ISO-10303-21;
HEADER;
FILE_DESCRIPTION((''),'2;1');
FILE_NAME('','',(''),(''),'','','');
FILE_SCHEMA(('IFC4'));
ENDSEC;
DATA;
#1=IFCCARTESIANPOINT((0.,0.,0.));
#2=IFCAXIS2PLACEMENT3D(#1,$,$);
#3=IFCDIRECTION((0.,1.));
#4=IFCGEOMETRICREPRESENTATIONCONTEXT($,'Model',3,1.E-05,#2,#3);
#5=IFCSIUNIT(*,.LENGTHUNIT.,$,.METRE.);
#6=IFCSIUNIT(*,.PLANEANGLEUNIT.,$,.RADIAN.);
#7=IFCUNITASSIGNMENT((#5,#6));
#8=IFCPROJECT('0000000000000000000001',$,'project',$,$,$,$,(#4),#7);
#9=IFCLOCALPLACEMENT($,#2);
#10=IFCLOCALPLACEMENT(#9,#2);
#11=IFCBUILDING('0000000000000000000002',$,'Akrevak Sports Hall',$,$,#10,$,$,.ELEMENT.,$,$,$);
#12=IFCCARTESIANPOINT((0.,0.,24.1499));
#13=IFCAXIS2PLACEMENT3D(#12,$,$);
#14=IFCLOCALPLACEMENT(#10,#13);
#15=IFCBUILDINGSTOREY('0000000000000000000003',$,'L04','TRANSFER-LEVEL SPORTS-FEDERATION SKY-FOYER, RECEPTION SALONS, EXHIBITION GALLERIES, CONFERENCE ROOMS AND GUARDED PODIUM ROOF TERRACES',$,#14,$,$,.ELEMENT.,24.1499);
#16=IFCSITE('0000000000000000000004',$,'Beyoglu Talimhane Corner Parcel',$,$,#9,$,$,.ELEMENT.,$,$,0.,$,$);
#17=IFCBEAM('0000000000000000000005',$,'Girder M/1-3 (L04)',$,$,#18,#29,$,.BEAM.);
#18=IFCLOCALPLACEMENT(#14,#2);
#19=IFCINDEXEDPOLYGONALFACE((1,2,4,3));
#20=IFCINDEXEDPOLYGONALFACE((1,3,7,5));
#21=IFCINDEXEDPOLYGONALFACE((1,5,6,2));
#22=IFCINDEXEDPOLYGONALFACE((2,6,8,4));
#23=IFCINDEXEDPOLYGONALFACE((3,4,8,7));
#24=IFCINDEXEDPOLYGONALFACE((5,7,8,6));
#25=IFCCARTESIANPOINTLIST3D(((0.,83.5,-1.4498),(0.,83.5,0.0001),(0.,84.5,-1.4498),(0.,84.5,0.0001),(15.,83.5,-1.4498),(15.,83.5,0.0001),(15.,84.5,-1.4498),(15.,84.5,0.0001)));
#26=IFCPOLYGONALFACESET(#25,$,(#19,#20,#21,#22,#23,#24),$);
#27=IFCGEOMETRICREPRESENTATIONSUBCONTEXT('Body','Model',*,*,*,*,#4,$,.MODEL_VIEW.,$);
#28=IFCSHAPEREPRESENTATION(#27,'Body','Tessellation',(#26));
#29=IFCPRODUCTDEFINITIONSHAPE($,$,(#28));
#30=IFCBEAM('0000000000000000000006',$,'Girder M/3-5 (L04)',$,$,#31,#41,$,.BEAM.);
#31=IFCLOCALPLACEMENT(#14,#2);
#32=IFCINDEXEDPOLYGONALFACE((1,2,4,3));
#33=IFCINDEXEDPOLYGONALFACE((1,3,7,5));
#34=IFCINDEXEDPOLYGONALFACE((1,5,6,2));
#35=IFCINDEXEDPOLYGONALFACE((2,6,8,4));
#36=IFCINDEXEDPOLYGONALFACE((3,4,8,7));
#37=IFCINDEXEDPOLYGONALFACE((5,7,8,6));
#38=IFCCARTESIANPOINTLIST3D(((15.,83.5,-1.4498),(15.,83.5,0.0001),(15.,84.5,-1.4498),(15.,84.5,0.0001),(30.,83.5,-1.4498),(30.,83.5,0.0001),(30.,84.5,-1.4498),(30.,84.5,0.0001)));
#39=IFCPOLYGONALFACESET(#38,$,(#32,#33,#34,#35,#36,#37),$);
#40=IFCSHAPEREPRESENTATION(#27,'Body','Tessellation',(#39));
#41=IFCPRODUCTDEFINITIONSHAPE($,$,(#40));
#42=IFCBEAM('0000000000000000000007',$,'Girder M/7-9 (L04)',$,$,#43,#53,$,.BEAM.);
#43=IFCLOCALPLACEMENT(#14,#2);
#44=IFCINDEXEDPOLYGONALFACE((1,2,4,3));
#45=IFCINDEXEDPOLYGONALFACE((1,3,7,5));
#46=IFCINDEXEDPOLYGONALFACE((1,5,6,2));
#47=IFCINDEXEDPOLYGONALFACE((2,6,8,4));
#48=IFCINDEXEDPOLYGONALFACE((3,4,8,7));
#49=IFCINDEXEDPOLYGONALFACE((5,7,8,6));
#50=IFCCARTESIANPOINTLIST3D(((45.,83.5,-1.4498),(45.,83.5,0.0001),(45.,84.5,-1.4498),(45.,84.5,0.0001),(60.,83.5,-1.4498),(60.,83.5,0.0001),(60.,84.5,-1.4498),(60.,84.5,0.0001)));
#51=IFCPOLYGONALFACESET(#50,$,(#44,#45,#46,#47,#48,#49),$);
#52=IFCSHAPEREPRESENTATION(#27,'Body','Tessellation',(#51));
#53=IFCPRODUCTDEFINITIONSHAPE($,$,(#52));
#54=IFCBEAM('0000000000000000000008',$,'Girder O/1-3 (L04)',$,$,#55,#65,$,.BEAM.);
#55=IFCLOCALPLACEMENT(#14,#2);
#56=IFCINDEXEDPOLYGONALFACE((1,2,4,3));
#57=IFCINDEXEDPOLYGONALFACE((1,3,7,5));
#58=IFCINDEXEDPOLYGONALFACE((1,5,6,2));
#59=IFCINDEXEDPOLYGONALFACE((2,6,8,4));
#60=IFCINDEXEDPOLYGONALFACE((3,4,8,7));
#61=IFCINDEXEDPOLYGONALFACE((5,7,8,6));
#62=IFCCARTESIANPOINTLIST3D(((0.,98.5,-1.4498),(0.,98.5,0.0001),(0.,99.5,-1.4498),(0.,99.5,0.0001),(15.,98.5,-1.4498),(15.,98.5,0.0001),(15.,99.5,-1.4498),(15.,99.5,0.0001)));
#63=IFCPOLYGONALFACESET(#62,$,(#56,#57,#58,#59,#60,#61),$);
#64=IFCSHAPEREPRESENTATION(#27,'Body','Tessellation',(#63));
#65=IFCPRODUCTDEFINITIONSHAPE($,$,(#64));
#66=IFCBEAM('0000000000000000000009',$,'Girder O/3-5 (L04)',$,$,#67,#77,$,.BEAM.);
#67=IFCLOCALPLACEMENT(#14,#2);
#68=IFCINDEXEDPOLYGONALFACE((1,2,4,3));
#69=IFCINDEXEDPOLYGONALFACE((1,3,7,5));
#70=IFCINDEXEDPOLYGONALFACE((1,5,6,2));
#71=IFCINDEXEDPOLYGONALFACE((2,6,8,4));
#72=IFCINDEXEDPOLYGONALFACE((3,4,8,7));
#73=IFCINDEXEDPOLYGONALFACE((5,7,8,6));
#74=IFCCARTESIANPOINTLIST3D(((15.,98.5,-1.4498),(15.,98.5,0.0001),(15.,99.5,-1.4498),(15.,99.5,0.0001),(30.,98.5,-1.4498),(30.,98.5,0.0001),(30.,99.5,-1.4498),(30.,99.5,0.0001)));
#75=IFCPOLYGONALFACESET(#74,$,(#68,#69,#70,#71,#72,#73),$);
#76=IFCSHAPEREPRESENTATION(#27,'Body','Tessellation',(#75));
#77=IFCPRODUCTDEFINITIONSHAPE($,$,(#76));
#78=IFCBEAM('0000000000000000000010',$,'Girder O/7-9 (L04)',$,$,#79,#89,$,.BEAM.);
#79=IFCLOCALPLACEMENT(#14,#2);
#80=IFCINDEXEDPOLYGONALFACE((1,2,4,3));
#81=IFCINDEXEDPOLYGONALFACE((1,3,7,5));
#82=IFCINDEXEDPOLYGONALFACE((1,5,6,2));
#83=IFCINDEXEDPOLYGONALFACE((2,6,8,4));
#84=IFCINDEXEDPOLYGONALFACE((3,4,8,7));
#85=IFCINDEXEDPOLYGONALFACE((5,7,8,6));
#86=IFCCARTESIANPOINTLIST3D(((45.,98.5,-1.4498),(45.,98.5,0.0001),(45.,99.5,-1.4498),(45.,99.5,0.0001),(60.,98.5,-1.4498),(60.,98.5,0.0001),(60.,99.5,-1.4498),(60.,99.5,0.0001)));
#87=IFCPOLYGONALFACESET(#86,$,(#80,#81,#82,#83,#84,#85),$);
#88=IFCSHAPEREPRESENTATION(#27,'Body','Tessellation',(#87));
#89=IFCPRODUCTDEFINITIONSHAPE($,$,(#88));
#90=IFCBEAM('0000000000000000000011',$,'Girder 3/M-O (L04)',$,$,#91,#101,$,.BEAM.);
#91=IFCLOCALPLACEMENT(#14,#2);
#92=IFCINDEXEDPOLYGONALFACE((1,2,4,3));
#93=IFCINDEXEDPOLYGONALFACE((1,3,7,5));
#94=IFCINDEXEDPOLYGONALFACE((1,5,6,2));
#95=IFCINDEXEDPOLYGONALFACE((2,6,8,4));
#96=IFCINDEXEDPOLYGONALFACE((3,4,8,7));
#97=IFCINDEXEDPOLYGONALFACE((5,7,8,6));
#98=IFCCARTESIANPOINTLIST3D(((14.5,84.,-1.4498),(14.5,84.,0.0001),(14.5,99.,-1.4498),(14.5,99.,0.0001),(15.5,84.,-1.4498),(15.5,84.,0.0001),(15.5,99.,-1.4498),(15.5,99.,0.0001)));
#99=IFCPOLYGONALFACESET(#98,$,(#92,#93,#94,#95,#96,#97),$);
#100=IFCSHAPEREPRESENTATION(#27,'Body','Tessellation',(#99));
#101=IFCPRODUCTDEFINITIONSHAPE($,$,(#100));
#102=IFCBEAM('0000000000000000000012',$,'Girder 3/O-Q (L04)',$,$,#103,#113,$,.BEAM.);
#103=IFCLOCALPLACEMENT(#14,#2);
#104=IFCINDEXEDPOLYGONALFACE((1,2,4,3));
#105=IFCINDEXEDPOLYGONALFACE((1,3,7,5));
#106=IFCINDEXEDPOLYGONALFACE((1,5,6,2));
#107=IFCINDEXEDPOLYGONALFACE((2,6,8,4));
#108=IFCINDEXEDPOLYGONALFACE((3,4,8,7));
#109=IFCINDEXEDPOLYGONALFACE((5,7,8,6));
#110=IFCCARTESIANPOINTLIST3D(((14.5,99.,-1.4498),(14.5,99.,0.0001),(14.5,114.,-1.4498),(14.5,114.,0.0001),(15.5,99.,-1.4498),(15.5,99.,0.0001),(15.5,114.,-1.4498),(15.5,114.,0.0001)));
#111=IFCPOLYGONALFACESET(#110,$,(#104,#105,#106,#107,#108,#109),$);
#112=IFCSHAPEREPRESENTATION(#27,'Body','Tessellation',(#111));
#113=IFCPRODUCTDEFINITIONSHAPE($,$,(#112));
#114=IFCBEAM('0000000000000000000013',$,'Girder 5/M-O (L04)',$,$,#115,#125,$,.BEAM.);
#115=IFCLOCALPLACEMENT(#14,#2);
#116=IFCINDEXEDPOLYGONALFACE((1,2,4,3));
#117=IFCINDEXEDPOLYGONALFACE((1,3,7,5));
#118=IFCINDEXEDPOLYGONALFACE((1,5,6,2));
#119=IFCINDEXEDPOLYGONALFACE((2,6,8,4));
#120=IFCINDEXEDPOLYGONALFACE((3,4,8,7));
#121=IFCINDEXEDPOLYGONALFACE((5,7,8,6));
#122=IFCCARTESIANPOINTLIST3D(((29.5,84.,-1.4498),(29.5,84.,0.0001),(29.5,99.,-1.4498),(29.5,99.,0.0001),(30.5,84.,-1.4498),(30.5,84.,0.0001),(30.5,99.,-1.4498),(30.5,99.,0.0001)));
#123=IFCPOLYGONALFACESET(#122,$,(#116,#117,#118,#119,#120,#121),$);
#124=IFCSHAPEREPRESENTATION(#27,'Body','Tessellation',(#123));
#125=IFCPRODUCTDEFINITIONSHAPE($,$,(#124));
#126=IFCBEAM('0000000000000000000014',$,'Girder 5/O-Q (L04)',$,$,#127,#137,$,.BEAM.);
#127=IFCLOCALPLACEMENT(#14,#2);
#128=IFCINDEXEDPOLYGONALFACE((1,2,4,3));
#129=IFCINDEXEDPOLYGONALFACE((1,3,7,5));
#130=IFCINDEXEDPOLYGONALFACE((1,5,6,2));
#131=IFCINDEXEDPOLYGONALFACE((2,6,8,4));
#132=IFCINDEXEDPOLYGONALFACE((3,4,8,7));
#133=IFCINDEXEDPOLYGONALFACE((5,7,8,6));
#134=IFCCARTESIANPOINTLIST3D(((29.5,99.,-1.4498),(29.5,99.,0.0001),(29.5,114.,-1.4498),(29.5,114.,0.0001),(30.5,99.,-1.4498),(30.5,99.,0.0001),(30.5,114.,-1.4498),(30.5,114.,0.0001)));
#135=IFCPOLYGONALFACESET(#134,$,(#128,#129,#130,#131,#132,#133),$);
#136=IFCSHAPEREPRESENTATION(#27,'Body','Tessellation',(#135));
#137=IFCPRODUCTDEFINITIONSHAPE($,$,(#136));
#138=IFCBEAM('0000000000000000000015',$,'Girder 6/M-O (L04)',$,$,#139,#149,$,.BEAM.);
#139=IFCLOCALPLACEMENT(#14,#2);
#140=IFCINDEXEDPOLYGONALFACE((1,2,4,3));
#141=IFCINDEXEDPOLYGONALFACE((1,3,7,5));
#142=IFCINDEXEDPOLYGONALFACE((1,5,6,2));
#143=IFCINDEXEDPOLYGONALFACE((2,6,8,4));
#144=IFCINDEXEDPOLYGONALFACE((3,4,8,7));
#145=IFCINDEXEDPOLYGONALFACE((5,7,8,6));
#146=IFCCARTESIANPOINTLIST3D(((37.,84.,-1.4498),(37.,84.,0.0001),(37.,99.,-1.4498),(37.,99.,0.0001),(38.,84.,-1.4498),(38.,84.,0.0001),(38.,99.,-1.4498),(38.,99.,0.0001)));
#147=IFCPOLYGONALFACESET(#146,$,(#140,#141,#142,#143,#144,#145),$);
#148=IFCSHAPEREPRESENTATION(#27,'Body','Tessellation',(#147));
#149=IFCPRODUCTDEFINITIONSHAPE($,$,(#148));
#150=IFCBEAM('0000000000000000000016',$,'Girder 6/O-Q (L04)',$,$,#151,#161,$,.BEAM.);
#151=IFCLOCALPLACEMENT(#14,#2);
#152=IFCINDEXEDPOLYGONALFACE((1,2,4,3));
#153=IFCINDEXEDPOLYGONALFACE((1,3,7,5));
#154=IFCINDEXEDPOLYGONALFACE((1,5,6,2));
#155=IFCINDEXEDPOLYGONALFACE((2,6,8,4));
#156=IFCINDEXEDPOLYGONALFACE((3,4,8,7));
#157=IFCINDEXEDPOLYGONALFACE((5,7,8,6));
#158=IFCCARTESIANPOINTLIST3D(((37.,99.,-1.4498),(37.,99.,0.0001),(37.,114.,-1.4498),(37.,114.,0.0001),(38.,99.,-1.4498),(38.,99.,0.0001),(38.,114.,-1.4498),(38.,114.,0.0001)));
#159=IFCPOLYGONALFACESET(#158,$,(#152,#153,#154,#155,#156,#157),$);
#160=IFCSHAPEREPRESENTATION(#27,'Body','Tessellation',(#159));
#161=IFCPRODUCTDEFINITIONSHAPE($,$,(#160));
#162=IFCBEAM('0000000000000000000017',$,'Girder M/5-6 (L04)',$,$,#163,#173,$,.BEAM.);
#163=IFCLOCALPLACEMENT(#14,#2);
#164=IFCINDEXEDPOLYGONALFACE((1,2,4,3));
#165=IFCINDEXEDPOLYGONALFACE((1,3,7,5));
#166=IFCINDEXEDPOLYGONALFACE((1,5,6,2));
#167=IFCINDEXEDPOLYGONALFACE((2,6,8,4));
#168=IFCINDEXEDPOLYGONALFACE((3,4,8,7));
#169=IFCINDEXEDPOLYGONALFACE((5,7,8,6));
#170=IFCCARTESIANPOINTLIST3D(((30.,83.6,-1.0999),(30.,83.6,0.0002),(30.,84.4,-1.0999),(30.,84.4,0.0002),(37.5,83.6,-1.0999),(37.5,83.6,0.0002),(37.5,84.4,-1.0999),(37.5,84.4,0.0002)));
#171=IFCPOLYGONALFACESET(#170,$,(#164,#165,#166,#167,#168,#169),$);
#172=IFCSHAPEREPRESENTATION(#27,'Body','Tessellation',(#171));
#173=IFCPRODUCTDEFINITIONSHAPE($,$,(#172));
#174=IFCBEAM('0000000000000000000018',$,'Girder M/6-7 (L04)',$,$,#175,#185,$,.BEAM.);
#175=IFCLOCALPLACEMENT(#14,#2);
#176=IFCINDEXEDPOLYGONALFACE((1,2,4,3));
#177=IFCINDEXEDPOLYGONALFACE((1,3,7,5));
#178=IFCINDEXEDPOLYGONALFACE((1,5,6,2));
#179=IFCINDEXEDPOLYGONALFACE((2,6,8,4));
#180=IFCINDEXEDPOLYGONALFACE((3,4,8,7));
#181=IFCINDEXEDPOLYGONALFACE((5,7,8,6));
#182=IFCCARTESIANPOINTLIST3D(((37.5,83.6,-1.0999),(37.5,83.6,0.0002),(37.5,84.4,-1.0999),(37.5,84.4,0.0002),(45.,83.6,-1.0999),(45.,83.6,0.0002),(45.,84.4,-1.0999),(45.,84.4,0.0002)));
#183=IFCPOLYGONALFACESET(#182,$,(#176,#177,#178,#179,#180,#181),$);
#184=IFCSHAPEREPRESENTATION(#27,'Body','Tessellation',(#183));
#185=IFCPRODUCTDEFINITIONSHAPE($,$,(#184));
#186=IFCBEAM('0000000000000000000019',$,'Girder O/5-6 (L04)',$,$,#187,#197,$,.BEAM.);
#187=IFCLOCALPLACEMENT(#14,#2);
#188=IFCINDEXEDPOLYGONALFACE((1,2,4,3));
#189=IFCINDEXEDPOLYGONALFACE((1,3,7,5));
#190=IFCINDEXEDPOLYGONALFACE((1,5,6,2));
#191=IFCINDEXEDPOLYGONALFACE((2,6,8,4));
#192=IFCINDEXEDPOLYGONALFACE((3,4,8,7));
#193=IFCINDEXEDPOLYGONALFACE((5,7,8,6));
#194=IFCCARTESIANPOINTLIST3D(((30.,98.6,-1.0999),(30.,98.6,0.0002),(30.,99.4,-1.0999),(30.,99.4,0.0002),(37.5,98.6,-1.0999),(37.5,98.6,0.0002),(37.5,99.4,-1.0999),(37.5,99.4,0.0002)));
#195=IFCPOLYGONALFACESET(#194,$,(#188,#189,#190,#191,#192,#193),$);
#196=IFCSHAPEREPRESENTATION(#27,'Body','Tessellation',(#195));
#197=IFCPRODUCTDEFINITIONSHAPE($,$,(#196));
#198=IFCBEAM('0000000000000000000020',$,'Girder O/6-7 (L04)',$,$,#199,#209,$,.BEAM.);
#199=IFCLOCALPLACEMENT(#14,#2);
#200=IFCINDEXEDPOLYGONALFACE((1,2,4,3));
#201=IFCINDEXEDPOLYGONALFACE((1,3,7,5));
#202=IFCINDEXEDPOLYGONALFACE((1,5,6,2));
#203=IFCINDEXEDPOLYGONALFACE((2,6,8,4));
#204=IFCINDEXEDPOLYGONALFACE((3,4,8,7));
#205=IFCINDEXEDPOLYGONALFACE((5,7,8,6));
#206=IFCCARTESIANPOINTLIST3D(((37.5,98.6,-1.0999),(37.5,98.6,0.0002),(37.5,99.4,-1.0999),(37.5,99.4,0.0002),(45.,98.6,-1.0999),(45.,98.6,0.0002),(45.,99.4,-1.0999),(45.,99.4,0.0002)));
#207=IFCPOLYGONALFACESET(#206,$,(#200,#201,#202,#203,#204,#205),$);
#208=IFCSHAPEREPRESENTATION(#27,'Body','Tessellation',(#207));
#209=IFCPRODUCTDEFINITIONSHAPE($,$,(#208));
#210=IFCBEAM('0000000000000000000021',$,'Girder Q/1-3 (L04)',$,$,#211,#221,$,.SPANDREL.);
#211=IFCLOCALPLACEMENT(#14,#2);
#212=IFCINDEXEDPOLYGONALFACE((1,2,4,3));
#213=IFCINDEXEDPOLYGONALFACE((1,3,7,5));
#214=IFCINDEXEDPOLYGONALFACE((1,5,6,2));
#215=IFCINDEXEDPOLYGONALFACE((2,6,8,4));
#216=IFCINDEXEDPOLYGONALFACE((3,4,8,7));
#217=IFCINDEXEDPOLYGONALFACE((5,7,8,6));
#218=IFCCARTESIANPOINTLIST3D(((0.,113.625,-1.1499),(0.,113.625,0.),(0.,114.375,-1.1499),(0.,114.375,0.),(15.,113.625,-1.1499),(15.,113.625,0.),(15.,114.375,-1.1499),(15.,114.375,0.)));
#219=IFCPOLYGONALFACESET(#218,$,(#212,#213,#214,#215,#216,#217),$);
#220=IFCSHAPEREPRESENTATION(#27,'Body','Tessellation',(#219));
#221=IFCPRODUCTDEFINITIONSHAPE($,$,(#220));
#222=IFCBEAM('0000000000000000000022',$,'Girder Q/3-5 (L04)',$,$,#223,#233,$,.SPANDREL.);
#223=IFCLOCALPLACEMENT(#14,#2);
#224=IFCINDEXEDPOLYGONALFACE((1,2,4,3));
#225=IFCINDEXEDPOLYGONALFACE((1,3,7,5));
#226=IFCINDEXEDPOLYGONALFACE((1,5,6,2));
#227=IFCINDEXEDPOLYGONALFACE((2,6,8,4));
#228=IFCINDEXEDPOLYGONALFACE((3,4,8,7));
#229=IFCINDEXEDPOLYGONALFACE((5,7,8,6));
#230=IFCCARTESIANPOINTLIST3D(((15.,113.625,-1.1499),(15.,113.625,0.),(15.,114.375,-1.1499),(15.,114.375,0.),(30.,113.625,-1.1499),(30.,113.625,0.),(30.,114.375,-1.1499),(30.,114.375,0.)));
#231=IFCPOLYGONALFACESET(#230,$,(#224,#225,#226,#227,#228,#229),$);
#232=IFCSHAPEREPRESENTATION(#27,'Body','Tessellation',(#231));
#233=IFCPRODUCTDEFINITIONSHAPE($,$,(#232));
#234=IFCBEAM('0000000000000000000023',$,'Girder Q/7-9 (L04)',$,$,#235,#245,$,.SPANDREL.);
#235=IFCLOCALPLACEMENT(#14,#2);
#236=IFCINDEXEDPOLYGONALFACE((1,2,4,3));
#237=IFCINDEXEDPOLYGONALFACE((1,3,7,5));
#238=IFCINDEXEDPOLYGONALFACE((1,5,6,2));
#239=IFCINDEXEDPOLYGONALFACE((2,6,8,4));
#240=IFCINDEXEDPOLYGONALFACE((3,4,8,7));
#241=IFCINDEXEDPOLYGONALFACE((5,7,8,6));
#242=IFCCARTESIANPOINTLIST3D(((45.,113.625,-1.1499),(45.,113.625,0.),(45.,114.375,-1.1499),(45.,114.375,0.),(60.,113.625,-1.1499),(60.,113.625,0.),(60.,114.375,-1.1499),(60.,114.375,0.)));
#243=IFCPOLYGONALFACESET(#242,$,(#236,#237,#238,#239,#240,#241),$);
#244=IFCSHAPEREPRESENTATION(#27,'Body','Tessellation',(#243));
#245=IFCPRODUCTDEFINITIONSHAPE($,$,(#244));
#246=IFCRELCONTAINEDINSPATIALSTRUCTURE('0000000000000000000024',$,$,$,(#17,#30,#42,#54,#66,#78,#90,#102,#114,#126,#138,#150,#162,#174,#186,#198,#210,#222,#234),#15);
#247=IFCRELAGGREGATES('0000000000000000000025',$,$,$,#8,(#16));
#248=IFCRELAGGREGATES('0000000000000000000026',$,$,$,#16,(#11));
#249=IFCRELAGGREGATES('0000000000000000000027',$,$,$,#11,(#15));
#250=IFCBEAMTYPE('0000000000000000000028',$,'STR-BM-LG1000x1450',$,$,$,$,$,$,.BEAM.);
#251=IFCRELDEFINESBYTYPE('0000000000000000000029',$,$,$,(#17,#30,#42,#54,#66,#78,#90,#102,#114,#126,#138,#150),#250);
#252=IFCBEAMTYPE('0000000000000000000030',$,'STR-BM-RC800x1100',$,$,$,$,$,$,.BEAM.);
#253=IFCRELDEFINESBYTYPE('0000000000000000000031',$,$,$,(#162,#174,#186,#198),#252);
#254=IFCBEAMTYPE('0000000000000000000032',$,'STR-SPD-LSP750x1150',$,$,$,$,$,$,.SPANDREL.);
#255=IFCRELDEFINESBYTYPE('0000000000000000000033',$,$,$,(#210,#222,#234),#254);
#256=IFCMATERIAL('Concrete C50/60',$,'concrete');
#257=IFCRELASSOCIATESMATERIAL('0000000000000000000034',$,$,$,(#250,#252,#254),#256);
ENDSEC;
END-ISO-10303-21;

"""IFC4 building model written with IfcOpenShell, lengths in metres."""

from ifc_helpers import new_model, si_unit, direction, frame, origin, origin_2d, place, context, subcontext, project, spatial, rectangle, extrude, material, material_profile, profile_set, type_object, element, save


model = new_model("IFC4")

# Units and contexts
model_context = context("Model", 3, precision=1e-05, world=origin(), true_north=direction((0.0, 1.0)))
body_context = subcontext(model_context, "Body", "Model", "MODEL_VIEW")
ifc_project = project(units=[si_unit("LENGTHUNIT", "METRE"), si_unit("PLANEANGLEUNIT", "RADIAN")], contexts=[model_context])

# Site, building, storey
site_placement = place(None, origin())
site = spatial("IfcSite", under=ifc_project, at=site_placement, Name="Beyoglu Talimhane Corner Parcel", CompositionType="ELEMENT", RefElevation=0.0)
building_placement = place(site_placement, origin())
building = spatial("IfcBuilding", under=site, at=building_placement, Name="Akrevak Sports Hall", CompositionType="ELEMENT")
storey_placement = place(building_placement, frame((0.0, 0.0, 24.1499)))
storey = spatial("IfcBuildingStorey", under=building, at=storey_placement, Name="L04", Description="TRANSFER-LEVEL SPORTS-FEDERATION SKY-FOYER, RECEPTION SALONS, EXHIBITION GALLERIES, CONFERENCE ROOMS AND GUARDED PODIUM ROOF TERRACES", CompositionType="ELEMENT", Elevation=24.1499)

# Beams
ifc_material_1 = material(Name="Concrete C50/60", Category="concrete")
ifc_material_profile_1 = material_profile(ifc_material_1, rectangle(XDim=1.0, YDim=1.45, at=origin_2d()), Name="BM 1000x1450", Category="concrete")
ifc_profile_set_1 = profile_set([ifc_material_profile_1], Name="Concrete C50/60")
beam_type_1 = type_object("IfcBeamType", Name="STR-BM-LG1000x1450", PredefinedType="BEAM", material=ifc_profile_set_1)
for number, where, z_axis, x_axis, name in (
    (1, (0.0, 84.0, -0.7249), (1.0, 0.0, 0.0), (0.0, 1.0, 0.0), "Girder M/1-3 (L04)"),
    (2, (15.0, 84.0, -0.7249), (1.0, 0.0, 0.0), (0.0, 1.0, 0.0), "Girder M/3-5 (L04)"),
    (3, (45.0, 84.0, -0.7249), (1.0, 0.0, 0.0), (0.0, 1.0, 0.0), "Girder M/7-9 (L04)"),
    (4, (0.0, 99.0, -0.7249), (1.0, 0.0, 0.0), (0.0, 1.0, 0.0), "Girder O/1-3 (L04)"),
    (5, (15.0, 99.0, -0.7249), (1.0, 0.0, 0.0), (0.0, 1.0, 0.0), "Girder O/3-5 (L04)"),
    (6, (45.0, 99.0, -0.7249), (1.0, 0.0, 0.0), (0.0, 1.0, 0.0), "Girder O/7-9 (L04)"),
    (7, (15.0, 84.0, -0.7249), (0.0, 1.0, 0.0), (-1.0, 0.0, 0.0), "Girder 3/M-O (L04)"),
    (8, (15.0, 99.0, -0.7249), (0.0, 1.0, 0.0), (-1.0, 0.0, 0.0), "Girder 3/O-Q (L04)"),
    (9, (30.0, 84.0, -0.7249), (0.0, 1.0, 0.0), (-1.0, 0.0, 0.0), "Girder 5/M-O (L04)"),
    (10, (30.0, 99.0, -0.7249), (0.0, 1.0, 0.0), (-1.0, 0.0, 0.0), "Girder 5/O-Q (L04)"),
    (11, (37.5, 84.0, -0.7249), (0.0, 1.0, 0.0), (-1.0, 0.0, 0.0), "Girder 6/M-O (L04)"),
    (12, (37.5, 99.0, -0.7249), (0.0, 1.0, 0.0), (-1.0, 0.0, 0.0), "Girder 6/O-Q (L04)"),
):
    element("IfcBeam", number, at=place(storey_placement, frame(where, z_axis=z_axis, x_axis=x_axis)), inside=storey, type_object=beam_type_1, Name=name, PredefinedType="BEAM", context=body_context, shape_type="SweptSolid", body=[
        extrude(rectangle(XDim=1.0, YDim=1.45, at=origin_2d()), origin(), (0.0, 0.0, 1.0), 15.0),
    ])
ifc_material_profile_2 = material_profile(ifc_material_1, rectangle(XDim=0.8, YDim=1.1001, at=origin_2d()), Name="BM 800x1100", Category="concrete")
ifc_profile_set_2 = profile_set([ifc_material_profile_2], Name="Concrete C50/60")
beam_type_2 = type_object("IfcBeamType", Name="STR-BM-RC800x1100", PredefinedType="BEAM", material=ifc_profile_set_2)
for number, where, z_axis, x_axis, name in (
    (13, (30.0, 84.0, -0.5498), (1.0, 0.0, 0.0), (0.0, 1.0, 0.0), "Girder M/5-6 (L04)"),
    (14, (37.5, 84.0, -0.5498), (1.0, 0.0, 0.0), (0.0, 1.0, 0.0), "Girder M/6-7 (L04)"),
    (15, (30.0, 99.0, -0.5498), (1.0, 0.0, 0.0), (0.0, 1.0, 0.0), "Girder O/5-6 (L04)"),
    (16, (37.5, 99.0, -0.5498), (1.0, 0.0, 0.0), (0.0, 1.0, 0.0), "Girder O/6-7 (L04)"),
):
    element("IfcBeam", number, at=place(storey_placement, frame(where, z_axis=z_axis, x_axis=x_axis)), inside=storey, type_object=beam_type_2, Name=name, PredefinedType="BEAM", context=body_context, shape_type="SweptSolid", body=[
        extrude(rectangle(XDim=0.8, YDim=1.1001, at=origin_2d()), origin(), (0.0, 0.0, 1.0), 7.5),
    ])
ifc_material_profile_3 = material_profile(ifc_material_1, rectangle(XDim=0.75, YDim=1.1499, at=origin_2d()), Name="SPD 750x1150", Category="concrete")
ifc_profile_set_3 = profile_set([ifc_material_profile_3], Name="Concrete C50/60")
beam_type_3 = type_object("IfcBeamType", Name="STR-SPD-LSP750x1150", PredefinedType="SPANDREL", material=ifc_profile_set_3)
for number, where, z_axis, x_axis, name in (
    (17, (0.0, 114.0, -0.575), (1.0, 0.0, 0.0), (0.0, 1.0, 0.0), "Girder Q/1-3 (L04)"),
    (18, (15.0, 114.0, -0.575), (1.0, 0.0, 0.0), (0.0, 1.0, 0.0), "Girder Q/3-5 (L04)"),
    (19, (45.0, 114.0, -0.575), (1.0, 0.0, 0.0), (0.0, 1.0, 0.0), "Girder Q/7-9 (L04)"),
):
    element("IfcBeam", number, at=place(storey_placement, frame(where, z_axis=z_axis, x_axis=x_axis)), inside=storey, type_object=beam_type_3, Name=name, PredefinedType="SPANDREL", context=body_context, shape_type="SweptSolid", body=[
        extrude(rectangle(XDim=0.75, YDim=1.1499, at=origin_2d()), origin(), (0.0, 0.0, 1.0), 15.0),
    ])

save(model, "model.ifc")
